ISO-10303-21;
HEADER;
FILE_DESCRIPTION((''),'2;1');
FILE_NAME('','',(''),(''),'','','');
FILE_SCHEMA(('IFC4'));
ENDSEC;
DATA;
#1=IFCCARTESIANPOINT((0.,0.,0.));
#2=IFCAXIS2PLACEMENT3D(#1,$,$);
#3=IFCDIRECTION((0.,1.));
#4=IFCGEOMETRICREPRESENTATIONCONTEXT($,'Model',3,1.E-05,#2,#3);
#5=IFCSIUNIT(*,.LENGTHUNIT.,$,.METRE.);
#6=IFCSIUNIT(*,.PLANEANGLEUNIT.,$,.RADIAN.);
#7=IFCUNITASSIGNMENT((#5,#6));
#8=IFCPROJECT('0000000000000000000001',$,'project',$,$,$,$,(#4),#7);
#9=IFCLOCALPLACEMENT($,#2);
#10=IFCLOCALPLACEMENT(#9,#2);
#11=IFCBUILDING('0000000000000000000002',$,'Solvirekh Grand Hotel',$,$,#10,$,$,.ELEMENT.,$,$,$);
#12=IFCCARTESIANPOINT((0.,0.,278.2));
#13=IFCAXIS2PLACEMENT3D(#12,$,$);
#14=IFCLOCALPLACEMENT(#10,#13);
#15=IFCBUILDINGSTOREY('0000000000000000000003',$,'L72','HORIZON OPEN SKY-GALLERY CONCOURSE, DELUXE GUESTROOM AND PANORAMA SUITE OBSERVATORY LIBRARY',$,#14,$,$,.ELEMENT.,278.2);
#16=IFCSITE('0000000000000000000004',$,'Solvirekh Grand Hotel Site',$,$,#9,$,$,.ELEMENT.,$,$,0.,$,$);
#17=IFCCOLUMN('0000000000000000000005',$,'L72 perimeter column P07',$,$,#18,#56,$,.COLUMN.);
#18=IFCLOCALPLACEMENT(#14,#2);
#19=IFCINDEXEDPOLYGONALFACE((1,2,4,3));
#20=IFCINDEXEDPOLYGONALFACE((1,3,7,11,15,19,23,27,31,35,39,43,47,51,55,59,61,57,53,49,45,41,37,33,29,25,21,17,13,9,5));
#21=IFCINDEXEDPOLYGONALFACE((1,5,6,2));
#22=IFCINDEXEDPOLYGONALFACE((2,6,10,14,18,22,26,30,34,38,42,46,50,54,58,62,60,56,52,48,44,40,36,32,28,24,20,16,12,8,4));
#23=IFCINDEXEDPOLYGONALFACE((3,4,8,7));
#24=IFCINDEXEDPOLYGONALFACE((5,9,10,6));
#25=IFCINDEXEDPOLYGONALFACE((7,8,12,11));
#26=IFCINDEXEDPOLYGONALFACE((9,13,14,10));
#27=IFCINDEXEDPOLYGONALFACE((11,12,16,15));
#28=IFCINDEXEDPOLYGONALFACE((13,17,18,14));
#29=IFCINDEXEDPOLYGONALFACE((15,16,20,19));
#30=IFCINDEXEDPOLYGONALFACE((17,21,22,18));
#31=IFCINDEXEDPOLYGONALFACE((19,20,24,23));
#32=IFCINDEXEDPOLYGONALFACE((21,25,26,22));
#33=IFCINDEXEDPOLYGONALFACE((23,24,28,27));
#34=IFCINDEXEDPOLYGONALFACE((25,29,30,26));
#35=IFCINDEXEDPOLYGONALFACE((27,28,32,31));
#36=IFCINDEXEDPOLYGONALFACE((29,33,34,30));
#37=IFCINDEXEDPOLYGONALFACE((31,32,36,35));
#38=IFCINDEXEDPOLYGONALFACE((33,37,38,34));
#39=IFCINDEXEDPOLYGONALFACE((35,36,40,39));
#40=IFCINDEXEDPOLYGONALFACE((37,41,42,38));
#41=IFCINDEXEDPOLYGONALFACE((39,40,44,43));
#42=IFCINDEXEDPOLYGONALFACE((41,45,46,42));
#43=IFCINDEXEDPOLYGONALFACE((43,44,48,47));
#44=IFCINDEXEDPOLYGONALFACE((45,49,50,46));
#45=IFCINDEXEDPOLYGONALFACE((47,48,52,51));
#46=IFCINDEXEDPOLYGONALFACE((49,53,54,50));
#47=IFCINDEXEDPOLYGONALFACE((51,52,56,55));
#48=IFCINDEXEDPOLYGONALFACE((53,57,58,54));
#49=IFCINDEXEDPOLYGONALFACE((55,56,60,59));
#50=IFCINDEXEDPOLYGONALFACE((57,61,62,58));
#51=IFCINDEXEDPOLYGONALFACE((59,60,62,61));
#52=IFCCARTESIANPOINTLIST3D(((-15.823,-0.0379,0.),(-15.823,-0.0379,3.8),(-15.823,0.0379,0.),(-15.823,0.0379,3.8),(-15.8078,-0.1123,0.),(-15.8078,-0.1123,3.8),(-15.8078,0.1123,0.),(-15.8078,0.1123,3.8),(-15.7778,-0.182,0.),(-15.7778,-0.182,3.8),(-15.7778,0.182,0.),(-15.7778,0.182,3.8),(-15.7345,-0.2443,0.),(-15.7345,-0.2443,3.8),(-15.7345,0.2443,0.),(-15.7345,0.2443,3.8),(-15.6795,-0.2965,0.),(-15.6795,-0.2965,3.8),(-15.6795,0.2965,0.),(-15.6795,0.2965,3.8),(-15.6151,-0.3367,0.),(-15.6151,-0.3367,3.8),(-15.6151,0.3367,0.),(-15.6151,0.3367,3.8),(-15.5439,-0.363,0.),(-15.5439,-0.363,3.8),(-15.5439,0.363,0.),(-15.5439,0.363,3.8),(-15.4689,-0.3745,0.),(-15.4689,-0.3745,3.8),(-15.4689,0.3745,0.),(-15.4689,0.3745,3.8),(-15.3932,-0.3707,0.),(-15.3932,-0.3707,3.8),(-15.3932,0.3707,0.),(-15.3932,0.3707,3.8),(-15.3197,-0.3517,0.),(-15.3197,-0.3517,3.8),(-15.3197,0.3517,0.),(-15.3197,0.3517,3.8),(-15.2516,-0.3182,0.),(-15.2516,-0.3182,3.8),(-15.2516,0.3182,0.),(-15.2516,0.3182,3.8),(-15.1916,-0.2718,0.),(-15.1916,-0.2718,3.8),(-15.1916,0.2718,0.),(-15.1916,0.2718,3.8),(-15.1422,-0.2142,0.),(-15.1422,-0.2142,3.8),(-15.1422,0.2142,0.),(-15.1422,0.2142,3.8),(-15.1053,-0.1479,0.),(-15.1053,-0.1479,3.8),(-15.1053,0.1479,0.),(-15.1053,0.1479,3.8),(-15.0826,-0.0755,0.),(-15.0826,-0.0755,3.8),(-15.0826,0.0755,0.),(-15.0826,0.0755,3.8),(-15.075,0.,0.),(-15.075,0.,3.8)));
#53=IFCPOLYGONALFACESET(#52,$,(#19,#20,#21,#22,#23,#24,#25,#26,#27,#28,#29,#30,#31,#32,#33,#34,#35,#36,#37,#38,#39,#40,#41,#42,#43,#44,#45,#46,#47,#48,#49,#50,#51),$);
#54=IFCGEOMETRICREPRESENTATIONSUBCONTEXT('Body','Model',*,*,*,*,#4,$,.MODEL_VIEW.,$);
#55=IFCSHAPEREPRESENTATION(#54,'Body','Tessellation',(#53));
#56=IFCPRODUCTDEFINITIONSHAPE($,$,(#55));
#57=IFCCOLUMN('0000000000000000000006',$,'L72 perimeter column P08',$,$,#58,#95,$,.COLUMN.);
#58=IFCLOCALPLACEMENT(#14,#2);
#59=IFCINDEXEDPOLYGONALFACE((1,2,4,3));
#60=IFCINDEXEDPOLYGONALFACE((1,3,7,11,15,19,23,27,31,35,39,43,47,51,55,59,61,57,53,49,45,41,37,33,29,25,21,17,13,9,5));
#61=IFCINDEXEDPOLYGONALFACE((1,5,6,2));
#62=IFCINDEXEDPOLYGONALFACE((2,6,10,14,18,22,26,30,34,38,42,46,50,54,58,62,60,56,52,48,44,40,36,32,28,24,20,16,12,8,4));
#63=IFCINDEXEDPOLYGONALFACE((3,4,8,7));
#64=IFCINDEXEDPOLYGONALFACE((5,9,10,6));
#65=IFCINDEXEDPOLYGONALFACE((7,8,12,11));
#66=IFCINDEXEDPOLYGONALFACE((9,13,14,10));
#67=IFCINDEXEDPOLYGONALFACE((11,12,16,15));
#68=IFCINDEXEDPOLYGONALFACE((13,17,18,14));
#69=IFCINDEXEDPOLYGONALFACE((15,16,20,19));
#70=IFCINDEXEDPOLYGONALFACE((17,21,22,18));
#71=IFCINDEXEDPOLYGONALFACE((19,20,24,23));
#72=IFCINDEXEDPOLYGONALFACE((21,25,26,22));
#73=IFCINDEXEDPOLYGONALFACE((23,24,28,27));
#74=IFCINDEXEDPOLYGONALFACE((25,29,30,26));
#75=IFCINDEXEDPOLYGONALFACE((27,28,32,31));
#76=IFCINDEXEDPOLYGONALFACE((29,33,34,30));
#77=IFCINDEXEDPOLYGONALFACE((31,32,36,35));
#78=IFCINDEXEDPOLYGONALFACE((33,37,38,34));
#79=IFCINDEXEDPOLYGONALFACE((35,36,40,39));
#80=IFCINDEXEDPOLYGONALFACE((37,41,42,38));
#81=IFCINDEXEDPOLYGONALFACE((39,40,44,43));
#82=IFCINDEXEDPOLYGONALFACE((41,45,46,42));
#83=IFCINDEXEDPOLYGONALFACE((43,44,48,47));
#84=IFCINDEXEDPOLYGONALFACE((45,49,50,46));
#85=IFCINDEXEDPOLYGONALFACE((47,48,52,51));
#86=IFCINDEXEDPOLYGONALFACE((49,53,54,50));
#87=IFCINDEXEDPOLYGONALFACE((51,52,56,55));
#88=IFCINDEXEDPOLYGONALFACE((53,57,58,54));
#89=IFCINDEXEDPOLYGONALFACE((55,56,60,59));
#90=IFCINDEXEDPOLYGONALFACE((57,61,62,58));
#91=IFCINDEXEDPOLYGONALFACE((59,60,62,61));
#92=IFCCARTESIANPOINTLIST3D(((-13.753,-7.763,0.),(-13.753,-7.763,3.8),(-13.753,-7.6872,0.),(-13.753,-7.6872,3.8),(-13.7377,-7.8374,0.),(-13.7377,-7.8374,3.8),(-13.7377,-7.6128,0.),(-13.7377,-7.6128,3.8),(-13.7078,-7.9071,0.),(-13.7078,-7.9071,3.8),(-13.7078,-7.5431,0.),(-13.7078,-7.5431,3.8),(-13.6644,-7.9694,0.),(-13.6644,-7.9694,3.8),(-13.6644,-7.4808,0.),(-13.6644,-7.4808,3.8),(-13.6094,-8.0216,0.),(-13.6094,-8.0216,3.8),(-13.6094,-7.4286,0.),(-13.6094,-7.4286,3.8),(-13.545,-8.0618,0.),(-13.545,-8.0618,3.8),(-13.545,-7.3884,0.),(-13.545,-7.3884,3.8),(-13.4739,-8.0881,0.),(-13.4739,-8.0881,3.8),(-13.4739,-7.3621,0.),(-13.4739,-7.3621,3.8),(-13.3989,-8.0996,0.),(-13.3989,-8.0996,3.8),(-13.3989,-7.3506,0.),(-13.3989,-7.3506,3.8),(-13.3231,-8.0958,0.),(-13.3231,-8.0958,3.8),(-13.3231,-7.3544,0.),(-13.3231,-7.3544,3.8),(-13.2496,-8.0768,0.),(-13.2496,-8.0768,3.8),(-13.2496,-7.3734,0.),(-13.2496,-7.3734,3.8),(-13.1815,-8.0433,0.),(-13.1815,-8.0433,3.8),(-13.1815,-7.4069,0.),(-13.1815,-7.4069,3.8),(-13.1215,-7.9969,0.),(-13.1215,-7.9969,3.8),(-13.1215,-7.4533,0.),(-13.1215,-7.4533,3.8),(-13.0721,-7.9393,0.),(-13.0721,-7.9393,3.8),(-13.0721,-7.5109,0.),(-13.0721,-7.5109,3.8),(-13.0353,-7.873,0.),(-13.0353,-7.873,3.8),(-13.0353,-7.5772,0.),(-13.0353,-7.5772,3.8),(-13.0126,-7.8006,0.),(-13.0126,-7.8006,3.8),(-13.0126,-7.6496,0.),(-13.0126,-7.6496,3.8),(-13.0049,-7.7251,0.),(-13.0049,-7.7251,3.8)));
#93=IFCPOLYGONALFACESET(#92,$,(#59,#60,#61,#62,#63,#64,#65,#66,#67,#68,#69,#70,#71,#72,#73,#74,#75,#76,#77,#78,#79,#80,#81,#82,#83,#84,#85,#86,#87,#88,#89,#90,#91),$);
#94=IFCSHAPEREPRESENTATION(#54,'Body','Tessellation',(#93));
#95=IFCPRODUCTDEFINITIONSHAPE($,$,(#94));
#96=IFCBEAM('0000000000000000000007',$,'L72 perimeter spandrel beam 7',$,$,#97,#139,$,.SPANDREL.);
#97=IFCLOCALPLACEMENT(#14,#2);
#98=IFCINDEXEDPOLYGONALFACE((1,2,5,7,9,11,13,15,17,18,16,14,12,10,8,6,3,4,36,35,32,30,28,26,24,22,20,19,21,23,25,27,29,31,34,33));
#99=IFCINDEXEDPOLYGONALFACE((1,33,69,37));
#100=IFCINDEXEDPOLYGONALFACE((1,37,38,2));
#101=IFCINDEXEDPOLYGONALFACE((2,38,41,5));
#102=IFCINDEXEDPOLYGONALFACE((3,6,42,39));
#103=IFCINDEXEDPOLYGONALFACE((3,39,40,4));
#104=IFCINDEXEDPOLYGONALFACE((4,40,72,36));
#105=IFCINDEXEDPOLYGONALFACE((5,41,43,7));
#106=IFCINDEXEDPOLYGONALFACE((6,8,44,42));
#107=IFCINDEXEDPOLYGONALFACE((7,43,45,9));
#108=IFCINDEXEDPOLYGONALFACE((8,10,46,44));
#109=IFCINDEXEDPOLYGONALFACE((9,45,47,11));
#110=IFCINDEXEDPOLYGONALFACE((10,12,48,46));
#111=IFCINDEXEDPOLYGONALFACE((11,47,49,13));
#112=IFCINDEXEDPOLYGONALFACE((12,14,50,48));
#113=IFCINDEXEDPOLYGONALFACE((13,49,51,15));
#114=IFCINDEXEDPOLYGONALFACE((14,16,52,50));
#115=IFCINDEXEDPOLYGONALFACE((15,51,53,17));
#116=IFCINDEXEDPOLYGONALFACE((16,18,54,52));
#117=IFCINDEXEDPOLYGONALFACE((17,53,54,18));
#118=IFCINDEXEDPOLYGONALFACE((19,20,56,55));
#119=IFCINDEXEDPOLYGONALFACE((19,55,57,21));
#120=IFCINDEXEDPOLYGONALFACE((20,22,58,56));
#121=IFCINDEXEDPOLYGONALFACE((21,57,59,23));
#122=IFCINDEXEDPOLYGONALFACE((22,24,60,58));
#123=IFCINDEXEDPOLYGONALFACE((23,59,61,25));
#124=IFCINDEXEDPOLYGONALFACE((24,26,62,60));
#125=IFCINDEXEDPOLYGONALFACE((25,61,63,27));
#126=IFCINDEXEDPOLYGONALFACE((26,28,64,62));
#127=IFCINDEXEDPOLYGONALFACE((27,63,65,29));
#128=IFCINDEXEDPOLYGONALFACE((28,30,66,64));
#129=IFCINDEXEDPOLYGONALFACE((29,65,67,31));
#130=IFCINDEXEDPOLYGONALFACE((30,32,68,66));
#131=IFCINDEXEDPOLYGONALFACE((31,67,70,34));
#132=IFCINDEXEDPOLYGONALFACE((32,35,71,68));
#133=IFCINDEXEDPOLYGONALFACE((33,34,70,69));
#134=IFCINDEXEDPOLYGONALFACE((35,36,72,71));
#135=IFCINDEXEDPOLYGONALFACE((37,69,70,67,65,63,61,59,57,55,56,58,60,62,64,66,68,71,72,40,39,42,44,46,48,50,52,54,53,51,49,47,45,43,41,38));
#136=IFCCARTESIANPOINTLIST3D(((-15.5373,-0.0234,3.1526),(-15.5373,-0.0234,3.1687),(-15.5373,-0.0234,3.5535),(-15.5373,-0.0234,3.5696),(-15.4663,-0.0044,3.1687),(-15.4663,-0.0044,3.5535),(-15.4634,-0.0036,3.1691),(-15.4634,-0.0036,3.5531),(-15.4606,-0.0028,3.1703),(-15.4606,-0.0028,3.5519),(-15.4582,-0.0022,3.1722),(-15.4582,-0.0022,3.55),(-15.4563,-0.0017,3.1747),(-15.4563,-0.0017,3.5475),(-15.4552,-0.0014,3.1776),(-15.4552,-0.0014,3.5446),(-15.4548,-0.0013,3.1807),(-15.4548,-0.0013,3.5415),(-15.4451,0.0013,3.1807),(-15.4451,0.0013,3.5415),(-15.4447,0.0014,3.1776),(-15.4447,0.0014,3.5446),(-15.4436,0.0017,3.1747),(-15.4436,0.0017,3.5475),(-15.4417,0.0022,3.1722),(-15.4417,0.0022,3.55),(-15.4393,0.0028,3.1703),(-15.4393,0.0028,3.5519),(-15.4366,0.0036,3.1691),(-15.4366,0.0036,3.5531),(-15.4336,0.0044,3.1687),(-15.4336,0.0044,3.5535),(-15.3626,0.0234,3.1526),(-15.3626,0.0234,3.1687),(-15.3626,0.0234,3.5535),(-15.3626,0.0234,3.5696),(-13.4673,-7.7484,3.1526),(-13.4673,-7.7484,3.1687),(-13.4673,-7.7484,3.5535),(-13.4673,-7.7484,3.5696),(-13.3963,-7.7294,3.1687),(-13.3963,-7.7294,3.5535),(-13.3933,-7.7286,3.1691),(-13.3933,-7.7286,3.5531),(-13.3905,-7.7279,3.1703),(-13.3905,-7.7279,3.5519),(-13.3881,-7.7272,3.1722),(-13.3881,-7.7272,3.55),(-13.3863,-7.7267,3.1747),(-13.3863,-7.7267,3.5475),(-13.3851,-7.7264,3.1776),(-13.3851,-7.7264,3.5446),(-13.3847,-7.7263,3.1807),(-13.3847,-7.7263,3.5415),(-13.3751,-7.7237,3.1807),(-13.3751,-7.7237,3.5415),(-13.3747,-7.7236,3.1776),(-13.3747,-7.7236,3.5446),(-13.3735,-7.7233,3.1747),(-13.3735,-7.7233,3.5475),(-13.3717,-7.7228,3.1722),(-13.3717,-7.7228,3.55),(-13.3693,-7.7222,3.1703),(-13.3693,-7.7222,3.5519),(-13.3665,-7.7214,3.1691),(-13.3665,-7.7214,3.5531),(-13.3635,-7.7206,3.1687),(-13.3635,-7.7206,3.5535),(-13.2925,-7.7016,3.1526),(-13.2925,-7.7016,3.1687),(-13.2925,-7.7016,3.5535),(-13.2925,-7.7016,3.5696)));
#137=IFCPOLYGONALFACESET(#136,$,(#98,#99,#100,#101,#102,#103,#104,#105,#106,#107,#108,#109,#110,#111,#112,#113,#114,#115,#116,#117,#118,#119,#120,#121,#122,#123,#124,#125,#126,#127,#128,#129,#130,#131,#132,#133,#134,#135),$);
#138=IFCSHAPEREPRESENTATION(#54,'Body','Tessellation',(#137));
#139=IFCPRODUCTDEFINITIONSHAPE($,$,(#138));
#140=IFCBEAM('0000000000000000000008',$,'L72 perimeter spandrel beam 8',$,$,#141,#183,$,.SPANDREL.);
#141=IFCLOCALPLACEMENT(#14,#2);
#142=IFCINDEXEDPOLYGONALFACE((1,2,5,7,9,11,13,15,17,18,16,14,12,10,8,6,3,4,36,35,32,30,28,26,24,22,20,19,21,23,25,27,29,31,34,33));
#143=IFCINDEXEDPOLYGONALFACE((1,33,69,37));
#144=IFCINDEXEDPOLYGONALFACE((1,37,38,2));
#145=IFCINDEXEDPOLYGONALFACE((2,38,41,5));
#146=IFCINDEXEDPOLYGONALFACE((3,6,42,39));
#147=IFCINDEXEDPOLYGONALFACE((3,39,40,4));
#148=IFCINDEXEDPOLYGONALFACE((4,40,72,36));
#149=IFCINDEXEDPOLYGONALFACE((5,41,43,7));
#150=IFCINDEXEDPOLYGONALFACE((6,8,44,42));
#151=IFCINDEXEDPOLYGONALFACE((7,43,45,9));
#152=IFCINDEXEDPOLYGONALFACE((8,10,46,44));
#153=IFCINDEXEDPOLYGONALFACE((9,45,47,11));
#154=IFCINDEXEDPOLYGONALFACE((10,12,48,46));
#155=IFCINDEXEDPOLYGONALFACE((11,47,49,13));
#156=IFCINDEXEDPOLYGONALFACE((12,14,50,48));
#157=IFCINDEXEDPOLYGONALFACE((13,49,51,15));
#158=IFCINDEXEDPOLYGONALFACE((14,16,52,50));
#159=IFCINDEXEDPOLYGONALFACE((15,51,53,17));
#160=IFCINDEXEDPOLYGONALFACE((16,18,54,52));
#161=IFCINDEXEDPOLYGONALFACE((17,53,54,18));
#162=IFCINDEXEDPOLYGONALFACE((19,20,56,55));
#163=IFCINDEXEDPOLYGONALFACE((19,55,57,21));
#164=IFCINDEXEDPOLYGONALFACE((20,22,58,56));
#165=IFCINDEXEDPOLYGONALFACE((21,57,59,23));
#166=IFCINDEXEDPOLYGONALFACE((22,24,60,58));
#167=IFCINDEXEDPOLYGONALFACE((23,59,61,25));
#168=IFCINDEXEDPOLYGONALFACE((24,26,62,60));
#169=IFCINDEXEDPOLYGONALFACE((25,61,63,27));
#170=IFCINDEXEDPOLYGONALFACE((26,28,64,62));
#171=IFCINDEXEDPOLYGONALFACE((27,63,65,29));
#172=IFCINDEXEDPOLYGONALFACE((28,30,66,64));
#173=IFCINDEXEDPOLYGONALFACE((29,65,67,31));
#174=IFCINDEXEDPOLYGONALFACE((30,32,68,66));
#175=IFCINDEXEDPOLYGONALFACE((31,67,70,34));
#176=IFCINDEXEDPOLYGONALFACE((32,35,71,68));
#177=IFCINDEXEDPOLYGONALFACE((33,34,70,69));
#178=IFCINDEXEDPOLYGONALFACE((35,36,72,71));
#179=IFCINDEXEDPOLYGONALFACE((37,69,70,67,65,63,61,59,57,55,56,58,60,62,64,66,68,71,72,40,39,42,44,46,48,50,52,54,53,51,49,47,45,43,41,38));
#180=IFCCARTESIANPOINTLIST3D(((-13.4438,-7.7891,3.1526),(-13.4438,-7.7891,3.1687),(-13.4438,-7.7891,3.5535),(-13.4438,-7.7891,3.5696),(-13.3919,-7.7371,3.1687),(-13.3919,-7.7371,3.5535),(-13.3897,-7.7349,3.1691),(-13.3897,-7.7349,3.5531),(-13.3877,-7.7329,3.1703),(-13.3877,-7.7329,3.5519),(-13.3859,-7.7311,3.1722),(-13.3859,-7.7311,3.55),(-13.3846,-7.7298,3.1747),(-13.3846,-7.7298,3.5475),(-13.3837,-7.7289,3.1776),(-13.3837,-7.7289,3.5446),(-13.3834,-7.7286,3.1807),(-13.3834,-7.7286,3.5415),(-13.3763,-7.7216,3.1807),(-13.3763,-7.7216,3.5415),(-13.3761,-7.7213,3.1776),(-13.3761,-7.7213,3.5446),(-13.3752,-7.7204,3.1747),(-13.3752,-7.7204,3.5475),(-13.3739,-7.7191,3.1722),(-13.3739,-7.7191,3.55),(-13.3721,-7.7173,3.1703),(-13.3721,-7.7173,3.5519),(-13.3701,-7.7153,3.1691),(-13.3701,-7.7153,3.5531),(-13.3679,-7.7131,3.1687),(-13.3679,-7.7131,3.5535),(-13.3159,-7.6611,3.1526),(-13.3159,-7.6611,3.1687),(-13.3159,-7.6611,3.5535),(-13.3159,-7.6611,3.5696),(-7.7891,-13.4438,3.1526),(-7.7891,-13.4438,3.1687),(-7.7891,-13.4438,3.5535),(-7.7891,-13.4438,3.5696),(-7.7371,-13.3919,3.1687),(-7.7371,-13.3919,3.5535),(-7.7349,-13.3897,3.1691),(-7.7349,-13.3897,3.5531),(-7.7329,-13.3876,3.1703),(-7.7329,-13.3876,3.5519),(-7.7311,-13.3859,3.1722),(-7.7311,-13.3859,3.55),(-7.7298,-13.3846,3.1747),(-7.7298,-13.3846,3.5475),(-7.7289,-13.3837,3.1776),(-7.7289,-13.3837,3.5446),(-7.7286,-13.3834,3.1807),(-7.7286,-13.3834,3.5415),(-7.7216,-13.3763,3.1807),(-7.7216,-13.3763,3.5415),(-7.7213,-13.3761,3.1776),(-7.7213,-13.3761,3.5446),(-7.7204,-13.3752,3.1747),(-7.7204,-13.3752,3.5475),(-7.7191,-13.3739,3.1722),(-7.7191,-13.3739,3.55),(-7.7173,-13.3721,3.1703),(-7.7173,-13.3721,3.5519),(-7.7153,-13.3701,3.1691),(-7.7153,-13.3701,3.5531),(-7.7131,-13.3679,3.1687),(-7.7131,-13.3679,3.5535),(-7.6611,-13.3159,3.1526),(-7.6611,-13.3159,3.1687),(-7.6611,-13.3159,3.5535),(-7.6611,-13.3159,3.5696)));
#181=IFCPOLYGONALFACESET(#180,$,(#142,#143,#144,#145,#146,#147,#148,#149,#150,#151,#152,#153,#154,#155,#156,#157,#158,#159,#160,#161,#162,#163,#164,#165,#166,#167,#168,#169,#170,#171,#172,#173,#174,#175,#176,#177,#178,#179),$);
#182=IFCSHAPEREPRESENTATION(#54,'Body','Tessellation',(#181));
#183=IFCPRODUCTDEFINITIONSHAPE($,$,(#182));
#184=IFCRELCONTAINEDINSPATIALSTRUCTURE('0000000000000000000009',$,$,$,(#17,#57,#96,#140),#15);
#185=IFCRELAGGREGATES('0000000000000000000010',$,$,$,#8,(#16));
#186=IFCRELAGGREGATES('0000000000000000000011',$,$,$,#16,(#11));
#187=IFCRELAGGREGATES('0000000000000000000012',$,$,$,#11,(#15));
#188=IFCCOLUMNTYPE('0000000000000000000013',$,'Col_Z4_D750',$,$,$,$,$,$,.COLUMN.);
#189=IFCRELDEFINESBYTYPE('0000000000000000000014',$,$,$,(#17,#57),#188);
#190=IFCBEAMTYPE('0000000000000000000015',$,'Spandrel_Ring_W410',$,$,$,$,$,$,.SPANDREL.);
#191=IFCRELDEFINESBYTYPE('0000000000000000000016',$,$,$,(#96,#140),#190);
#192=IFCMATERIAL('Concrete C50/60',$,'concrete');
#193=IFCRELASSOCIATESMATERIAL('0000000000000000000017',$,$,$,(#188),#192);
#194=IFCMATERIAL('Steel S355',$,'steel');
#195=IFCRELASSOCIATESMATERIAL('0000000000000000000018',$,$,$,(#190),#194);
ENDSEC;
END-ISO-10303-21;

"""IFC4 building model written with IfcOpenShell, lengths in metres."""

from ifc_helpers import new_model, si_unit, direction, frame, origin, origin_2d, place, context, subcontext, project, spatial, circle, i_section, extrude, material, material_profile, profile_set, type_object, element, save


model = new_model("IFC4")

# Units and contexts
model_context = context("Model", 3, precision=1e-05, world=origin(), true_north=direction((0.0, 1.0)))
body_context = subcontext(model_context, "Body", "Model", "MODEL_VIEW")
ifc_project = project(units=[si_unit("LENGTHUNIT", "METRE"), si_unit("PLANEANGLEUNIT", "RADIAN")], contexts=[model_context])

# Site, building, storey
site_placement = place(None, origin())
site = spatial("IfcSite", under=ifc_project, at=site_placement, Name="Solvirekh Grand Hotel Site", CompositionType="ELEMENT", RefElevation=0.0)
building_placement = place(site_placement, origin())
building = spatial("IfcBuilding", under=site, at=building_placement, Name="Solvirekh Grand Hotel", CompositionType="ELEMENT")
storey_placement = place(building_placement, frame((0.0, 0.0, 278.2)))
storey = spatial("IfcBuildingStorey", under=building, at=storey_placement, Name="L72", Description="HORIZON OPEN SKY-GALLERY CONCOURSE, DELUXE GUESTROOM AND PANORAMA SUITE OBSERVATORY LIBRARY", CompositionType="ELEMENT", Elevation=278.2)

# Columns
ifc_material_1 = material(Name="Concrete C50/60", Category="concrete")
ifc_material_profile_1 = material_profile(ifc_material_1, circle(Radius=0.375, at=origin_2d()), Name="RC CIRC D750")
ifc_profile_set_1 = profile_set([ifc_material_profile_1], Name="Concrete C50/60")
column_type = type_object("IfcColumnType", Name="Col_Z4_D750", PredefinedType="COLUMN", material=ifc_profile_set_1)
for number, where, z_axis, x_axis, name in (
    (1, (-15.45, 0.0, 0.0), (0.0, 0.0, 1.0), (1.0, 0.0, 0.0), "L72 perimeter column P07"),
    (2, (-13.3799, -7.7251, 0.0), (0.0, 0.0, 1.0), (1.0, 0.0, 0.0), "L72 perimeter column P08"),
):
    element("IfcColumn", number, at=place(storey_placement, frame(where, z_axis=z_axis, x_axis=x_axis)), inside=storey, type_object=column_type, Name=name, PredefinedType="COLUMN", context=body_context, shape_type="SweptSolid", body=[
        extrude(circle(Radius=0.375, at=origin_2d()), origin(), (0.0, 0.0, 1.0), 3.8),
    ])

# Beams
ifc_material_2 = material(Name="Steel S355", Category="steel")
ifc_material_profile_2 = material_profile(ifc_material_2, i_section(OverallWidth=0.1809, OverallDepth=0.417, WebThickness=0.01, FlangeThickness=0.0161, FilletRadius=0.012, at=origin_2d()), Name="W410X85")
ifc_profile_set_2 = profile_set([ifc_material_profile_2], Name="Steel S355")
beam_type = type_object("IfcBeamType", Name="Spandrel_Ring_W410", PredefinedType="SPANDREL", material=ifc_profile_set_2)
beam_1_placement = place(storey_placement, frame((-15.45, 0.0, 3.3611), z_axis=(0.258835, -0.965922, 0.0), x_axis=(0.965922, 0.258835, 0.0)))
element("IfcBeam", 3, at=beam_1_placement, inside=storey, type_object=beam_type, Name="L72 perimeter spandrel beam 7", PredefinedType="SPANDREL", context=body_context, shape_type="SweptSolid", body=[
    extrude(i_section(OverallWidth=0.1809, OverallDepth=0.417, WebThickness=0.01, FlangeThickness=0.0161, FilletRadius=0.012, at=origin_2d()), origin(), (0.0, 0.0, 1.0), 7.9976),
])
beam_2_placement = place(storey_placement, frame((-13.3799, -7.7251, 3.3611), z_axis=(0.707107, -0.707107, 0.0), x_axis=(0.707107, 0.707107, 0.0)))
element("IfcBeam", 4, at=beam_2_placement, inside=storey, type_object=beam_type, Name="L72 perimeter spandrel beam 8", PredefinedType="SPANDREL", context=body_context, shape_type="SweptSolid", body=[
    extrude(i_section(OverallWidth=0.1809, OverallDepth=0.417, WebThickness=0.01, FlangeThickness=0.0161, FilletRadius=0.012, at=origin_2d()), origin(), (0.0, 0.0, 1.0), 7.9971),
])

save(model, "model.ifc")
